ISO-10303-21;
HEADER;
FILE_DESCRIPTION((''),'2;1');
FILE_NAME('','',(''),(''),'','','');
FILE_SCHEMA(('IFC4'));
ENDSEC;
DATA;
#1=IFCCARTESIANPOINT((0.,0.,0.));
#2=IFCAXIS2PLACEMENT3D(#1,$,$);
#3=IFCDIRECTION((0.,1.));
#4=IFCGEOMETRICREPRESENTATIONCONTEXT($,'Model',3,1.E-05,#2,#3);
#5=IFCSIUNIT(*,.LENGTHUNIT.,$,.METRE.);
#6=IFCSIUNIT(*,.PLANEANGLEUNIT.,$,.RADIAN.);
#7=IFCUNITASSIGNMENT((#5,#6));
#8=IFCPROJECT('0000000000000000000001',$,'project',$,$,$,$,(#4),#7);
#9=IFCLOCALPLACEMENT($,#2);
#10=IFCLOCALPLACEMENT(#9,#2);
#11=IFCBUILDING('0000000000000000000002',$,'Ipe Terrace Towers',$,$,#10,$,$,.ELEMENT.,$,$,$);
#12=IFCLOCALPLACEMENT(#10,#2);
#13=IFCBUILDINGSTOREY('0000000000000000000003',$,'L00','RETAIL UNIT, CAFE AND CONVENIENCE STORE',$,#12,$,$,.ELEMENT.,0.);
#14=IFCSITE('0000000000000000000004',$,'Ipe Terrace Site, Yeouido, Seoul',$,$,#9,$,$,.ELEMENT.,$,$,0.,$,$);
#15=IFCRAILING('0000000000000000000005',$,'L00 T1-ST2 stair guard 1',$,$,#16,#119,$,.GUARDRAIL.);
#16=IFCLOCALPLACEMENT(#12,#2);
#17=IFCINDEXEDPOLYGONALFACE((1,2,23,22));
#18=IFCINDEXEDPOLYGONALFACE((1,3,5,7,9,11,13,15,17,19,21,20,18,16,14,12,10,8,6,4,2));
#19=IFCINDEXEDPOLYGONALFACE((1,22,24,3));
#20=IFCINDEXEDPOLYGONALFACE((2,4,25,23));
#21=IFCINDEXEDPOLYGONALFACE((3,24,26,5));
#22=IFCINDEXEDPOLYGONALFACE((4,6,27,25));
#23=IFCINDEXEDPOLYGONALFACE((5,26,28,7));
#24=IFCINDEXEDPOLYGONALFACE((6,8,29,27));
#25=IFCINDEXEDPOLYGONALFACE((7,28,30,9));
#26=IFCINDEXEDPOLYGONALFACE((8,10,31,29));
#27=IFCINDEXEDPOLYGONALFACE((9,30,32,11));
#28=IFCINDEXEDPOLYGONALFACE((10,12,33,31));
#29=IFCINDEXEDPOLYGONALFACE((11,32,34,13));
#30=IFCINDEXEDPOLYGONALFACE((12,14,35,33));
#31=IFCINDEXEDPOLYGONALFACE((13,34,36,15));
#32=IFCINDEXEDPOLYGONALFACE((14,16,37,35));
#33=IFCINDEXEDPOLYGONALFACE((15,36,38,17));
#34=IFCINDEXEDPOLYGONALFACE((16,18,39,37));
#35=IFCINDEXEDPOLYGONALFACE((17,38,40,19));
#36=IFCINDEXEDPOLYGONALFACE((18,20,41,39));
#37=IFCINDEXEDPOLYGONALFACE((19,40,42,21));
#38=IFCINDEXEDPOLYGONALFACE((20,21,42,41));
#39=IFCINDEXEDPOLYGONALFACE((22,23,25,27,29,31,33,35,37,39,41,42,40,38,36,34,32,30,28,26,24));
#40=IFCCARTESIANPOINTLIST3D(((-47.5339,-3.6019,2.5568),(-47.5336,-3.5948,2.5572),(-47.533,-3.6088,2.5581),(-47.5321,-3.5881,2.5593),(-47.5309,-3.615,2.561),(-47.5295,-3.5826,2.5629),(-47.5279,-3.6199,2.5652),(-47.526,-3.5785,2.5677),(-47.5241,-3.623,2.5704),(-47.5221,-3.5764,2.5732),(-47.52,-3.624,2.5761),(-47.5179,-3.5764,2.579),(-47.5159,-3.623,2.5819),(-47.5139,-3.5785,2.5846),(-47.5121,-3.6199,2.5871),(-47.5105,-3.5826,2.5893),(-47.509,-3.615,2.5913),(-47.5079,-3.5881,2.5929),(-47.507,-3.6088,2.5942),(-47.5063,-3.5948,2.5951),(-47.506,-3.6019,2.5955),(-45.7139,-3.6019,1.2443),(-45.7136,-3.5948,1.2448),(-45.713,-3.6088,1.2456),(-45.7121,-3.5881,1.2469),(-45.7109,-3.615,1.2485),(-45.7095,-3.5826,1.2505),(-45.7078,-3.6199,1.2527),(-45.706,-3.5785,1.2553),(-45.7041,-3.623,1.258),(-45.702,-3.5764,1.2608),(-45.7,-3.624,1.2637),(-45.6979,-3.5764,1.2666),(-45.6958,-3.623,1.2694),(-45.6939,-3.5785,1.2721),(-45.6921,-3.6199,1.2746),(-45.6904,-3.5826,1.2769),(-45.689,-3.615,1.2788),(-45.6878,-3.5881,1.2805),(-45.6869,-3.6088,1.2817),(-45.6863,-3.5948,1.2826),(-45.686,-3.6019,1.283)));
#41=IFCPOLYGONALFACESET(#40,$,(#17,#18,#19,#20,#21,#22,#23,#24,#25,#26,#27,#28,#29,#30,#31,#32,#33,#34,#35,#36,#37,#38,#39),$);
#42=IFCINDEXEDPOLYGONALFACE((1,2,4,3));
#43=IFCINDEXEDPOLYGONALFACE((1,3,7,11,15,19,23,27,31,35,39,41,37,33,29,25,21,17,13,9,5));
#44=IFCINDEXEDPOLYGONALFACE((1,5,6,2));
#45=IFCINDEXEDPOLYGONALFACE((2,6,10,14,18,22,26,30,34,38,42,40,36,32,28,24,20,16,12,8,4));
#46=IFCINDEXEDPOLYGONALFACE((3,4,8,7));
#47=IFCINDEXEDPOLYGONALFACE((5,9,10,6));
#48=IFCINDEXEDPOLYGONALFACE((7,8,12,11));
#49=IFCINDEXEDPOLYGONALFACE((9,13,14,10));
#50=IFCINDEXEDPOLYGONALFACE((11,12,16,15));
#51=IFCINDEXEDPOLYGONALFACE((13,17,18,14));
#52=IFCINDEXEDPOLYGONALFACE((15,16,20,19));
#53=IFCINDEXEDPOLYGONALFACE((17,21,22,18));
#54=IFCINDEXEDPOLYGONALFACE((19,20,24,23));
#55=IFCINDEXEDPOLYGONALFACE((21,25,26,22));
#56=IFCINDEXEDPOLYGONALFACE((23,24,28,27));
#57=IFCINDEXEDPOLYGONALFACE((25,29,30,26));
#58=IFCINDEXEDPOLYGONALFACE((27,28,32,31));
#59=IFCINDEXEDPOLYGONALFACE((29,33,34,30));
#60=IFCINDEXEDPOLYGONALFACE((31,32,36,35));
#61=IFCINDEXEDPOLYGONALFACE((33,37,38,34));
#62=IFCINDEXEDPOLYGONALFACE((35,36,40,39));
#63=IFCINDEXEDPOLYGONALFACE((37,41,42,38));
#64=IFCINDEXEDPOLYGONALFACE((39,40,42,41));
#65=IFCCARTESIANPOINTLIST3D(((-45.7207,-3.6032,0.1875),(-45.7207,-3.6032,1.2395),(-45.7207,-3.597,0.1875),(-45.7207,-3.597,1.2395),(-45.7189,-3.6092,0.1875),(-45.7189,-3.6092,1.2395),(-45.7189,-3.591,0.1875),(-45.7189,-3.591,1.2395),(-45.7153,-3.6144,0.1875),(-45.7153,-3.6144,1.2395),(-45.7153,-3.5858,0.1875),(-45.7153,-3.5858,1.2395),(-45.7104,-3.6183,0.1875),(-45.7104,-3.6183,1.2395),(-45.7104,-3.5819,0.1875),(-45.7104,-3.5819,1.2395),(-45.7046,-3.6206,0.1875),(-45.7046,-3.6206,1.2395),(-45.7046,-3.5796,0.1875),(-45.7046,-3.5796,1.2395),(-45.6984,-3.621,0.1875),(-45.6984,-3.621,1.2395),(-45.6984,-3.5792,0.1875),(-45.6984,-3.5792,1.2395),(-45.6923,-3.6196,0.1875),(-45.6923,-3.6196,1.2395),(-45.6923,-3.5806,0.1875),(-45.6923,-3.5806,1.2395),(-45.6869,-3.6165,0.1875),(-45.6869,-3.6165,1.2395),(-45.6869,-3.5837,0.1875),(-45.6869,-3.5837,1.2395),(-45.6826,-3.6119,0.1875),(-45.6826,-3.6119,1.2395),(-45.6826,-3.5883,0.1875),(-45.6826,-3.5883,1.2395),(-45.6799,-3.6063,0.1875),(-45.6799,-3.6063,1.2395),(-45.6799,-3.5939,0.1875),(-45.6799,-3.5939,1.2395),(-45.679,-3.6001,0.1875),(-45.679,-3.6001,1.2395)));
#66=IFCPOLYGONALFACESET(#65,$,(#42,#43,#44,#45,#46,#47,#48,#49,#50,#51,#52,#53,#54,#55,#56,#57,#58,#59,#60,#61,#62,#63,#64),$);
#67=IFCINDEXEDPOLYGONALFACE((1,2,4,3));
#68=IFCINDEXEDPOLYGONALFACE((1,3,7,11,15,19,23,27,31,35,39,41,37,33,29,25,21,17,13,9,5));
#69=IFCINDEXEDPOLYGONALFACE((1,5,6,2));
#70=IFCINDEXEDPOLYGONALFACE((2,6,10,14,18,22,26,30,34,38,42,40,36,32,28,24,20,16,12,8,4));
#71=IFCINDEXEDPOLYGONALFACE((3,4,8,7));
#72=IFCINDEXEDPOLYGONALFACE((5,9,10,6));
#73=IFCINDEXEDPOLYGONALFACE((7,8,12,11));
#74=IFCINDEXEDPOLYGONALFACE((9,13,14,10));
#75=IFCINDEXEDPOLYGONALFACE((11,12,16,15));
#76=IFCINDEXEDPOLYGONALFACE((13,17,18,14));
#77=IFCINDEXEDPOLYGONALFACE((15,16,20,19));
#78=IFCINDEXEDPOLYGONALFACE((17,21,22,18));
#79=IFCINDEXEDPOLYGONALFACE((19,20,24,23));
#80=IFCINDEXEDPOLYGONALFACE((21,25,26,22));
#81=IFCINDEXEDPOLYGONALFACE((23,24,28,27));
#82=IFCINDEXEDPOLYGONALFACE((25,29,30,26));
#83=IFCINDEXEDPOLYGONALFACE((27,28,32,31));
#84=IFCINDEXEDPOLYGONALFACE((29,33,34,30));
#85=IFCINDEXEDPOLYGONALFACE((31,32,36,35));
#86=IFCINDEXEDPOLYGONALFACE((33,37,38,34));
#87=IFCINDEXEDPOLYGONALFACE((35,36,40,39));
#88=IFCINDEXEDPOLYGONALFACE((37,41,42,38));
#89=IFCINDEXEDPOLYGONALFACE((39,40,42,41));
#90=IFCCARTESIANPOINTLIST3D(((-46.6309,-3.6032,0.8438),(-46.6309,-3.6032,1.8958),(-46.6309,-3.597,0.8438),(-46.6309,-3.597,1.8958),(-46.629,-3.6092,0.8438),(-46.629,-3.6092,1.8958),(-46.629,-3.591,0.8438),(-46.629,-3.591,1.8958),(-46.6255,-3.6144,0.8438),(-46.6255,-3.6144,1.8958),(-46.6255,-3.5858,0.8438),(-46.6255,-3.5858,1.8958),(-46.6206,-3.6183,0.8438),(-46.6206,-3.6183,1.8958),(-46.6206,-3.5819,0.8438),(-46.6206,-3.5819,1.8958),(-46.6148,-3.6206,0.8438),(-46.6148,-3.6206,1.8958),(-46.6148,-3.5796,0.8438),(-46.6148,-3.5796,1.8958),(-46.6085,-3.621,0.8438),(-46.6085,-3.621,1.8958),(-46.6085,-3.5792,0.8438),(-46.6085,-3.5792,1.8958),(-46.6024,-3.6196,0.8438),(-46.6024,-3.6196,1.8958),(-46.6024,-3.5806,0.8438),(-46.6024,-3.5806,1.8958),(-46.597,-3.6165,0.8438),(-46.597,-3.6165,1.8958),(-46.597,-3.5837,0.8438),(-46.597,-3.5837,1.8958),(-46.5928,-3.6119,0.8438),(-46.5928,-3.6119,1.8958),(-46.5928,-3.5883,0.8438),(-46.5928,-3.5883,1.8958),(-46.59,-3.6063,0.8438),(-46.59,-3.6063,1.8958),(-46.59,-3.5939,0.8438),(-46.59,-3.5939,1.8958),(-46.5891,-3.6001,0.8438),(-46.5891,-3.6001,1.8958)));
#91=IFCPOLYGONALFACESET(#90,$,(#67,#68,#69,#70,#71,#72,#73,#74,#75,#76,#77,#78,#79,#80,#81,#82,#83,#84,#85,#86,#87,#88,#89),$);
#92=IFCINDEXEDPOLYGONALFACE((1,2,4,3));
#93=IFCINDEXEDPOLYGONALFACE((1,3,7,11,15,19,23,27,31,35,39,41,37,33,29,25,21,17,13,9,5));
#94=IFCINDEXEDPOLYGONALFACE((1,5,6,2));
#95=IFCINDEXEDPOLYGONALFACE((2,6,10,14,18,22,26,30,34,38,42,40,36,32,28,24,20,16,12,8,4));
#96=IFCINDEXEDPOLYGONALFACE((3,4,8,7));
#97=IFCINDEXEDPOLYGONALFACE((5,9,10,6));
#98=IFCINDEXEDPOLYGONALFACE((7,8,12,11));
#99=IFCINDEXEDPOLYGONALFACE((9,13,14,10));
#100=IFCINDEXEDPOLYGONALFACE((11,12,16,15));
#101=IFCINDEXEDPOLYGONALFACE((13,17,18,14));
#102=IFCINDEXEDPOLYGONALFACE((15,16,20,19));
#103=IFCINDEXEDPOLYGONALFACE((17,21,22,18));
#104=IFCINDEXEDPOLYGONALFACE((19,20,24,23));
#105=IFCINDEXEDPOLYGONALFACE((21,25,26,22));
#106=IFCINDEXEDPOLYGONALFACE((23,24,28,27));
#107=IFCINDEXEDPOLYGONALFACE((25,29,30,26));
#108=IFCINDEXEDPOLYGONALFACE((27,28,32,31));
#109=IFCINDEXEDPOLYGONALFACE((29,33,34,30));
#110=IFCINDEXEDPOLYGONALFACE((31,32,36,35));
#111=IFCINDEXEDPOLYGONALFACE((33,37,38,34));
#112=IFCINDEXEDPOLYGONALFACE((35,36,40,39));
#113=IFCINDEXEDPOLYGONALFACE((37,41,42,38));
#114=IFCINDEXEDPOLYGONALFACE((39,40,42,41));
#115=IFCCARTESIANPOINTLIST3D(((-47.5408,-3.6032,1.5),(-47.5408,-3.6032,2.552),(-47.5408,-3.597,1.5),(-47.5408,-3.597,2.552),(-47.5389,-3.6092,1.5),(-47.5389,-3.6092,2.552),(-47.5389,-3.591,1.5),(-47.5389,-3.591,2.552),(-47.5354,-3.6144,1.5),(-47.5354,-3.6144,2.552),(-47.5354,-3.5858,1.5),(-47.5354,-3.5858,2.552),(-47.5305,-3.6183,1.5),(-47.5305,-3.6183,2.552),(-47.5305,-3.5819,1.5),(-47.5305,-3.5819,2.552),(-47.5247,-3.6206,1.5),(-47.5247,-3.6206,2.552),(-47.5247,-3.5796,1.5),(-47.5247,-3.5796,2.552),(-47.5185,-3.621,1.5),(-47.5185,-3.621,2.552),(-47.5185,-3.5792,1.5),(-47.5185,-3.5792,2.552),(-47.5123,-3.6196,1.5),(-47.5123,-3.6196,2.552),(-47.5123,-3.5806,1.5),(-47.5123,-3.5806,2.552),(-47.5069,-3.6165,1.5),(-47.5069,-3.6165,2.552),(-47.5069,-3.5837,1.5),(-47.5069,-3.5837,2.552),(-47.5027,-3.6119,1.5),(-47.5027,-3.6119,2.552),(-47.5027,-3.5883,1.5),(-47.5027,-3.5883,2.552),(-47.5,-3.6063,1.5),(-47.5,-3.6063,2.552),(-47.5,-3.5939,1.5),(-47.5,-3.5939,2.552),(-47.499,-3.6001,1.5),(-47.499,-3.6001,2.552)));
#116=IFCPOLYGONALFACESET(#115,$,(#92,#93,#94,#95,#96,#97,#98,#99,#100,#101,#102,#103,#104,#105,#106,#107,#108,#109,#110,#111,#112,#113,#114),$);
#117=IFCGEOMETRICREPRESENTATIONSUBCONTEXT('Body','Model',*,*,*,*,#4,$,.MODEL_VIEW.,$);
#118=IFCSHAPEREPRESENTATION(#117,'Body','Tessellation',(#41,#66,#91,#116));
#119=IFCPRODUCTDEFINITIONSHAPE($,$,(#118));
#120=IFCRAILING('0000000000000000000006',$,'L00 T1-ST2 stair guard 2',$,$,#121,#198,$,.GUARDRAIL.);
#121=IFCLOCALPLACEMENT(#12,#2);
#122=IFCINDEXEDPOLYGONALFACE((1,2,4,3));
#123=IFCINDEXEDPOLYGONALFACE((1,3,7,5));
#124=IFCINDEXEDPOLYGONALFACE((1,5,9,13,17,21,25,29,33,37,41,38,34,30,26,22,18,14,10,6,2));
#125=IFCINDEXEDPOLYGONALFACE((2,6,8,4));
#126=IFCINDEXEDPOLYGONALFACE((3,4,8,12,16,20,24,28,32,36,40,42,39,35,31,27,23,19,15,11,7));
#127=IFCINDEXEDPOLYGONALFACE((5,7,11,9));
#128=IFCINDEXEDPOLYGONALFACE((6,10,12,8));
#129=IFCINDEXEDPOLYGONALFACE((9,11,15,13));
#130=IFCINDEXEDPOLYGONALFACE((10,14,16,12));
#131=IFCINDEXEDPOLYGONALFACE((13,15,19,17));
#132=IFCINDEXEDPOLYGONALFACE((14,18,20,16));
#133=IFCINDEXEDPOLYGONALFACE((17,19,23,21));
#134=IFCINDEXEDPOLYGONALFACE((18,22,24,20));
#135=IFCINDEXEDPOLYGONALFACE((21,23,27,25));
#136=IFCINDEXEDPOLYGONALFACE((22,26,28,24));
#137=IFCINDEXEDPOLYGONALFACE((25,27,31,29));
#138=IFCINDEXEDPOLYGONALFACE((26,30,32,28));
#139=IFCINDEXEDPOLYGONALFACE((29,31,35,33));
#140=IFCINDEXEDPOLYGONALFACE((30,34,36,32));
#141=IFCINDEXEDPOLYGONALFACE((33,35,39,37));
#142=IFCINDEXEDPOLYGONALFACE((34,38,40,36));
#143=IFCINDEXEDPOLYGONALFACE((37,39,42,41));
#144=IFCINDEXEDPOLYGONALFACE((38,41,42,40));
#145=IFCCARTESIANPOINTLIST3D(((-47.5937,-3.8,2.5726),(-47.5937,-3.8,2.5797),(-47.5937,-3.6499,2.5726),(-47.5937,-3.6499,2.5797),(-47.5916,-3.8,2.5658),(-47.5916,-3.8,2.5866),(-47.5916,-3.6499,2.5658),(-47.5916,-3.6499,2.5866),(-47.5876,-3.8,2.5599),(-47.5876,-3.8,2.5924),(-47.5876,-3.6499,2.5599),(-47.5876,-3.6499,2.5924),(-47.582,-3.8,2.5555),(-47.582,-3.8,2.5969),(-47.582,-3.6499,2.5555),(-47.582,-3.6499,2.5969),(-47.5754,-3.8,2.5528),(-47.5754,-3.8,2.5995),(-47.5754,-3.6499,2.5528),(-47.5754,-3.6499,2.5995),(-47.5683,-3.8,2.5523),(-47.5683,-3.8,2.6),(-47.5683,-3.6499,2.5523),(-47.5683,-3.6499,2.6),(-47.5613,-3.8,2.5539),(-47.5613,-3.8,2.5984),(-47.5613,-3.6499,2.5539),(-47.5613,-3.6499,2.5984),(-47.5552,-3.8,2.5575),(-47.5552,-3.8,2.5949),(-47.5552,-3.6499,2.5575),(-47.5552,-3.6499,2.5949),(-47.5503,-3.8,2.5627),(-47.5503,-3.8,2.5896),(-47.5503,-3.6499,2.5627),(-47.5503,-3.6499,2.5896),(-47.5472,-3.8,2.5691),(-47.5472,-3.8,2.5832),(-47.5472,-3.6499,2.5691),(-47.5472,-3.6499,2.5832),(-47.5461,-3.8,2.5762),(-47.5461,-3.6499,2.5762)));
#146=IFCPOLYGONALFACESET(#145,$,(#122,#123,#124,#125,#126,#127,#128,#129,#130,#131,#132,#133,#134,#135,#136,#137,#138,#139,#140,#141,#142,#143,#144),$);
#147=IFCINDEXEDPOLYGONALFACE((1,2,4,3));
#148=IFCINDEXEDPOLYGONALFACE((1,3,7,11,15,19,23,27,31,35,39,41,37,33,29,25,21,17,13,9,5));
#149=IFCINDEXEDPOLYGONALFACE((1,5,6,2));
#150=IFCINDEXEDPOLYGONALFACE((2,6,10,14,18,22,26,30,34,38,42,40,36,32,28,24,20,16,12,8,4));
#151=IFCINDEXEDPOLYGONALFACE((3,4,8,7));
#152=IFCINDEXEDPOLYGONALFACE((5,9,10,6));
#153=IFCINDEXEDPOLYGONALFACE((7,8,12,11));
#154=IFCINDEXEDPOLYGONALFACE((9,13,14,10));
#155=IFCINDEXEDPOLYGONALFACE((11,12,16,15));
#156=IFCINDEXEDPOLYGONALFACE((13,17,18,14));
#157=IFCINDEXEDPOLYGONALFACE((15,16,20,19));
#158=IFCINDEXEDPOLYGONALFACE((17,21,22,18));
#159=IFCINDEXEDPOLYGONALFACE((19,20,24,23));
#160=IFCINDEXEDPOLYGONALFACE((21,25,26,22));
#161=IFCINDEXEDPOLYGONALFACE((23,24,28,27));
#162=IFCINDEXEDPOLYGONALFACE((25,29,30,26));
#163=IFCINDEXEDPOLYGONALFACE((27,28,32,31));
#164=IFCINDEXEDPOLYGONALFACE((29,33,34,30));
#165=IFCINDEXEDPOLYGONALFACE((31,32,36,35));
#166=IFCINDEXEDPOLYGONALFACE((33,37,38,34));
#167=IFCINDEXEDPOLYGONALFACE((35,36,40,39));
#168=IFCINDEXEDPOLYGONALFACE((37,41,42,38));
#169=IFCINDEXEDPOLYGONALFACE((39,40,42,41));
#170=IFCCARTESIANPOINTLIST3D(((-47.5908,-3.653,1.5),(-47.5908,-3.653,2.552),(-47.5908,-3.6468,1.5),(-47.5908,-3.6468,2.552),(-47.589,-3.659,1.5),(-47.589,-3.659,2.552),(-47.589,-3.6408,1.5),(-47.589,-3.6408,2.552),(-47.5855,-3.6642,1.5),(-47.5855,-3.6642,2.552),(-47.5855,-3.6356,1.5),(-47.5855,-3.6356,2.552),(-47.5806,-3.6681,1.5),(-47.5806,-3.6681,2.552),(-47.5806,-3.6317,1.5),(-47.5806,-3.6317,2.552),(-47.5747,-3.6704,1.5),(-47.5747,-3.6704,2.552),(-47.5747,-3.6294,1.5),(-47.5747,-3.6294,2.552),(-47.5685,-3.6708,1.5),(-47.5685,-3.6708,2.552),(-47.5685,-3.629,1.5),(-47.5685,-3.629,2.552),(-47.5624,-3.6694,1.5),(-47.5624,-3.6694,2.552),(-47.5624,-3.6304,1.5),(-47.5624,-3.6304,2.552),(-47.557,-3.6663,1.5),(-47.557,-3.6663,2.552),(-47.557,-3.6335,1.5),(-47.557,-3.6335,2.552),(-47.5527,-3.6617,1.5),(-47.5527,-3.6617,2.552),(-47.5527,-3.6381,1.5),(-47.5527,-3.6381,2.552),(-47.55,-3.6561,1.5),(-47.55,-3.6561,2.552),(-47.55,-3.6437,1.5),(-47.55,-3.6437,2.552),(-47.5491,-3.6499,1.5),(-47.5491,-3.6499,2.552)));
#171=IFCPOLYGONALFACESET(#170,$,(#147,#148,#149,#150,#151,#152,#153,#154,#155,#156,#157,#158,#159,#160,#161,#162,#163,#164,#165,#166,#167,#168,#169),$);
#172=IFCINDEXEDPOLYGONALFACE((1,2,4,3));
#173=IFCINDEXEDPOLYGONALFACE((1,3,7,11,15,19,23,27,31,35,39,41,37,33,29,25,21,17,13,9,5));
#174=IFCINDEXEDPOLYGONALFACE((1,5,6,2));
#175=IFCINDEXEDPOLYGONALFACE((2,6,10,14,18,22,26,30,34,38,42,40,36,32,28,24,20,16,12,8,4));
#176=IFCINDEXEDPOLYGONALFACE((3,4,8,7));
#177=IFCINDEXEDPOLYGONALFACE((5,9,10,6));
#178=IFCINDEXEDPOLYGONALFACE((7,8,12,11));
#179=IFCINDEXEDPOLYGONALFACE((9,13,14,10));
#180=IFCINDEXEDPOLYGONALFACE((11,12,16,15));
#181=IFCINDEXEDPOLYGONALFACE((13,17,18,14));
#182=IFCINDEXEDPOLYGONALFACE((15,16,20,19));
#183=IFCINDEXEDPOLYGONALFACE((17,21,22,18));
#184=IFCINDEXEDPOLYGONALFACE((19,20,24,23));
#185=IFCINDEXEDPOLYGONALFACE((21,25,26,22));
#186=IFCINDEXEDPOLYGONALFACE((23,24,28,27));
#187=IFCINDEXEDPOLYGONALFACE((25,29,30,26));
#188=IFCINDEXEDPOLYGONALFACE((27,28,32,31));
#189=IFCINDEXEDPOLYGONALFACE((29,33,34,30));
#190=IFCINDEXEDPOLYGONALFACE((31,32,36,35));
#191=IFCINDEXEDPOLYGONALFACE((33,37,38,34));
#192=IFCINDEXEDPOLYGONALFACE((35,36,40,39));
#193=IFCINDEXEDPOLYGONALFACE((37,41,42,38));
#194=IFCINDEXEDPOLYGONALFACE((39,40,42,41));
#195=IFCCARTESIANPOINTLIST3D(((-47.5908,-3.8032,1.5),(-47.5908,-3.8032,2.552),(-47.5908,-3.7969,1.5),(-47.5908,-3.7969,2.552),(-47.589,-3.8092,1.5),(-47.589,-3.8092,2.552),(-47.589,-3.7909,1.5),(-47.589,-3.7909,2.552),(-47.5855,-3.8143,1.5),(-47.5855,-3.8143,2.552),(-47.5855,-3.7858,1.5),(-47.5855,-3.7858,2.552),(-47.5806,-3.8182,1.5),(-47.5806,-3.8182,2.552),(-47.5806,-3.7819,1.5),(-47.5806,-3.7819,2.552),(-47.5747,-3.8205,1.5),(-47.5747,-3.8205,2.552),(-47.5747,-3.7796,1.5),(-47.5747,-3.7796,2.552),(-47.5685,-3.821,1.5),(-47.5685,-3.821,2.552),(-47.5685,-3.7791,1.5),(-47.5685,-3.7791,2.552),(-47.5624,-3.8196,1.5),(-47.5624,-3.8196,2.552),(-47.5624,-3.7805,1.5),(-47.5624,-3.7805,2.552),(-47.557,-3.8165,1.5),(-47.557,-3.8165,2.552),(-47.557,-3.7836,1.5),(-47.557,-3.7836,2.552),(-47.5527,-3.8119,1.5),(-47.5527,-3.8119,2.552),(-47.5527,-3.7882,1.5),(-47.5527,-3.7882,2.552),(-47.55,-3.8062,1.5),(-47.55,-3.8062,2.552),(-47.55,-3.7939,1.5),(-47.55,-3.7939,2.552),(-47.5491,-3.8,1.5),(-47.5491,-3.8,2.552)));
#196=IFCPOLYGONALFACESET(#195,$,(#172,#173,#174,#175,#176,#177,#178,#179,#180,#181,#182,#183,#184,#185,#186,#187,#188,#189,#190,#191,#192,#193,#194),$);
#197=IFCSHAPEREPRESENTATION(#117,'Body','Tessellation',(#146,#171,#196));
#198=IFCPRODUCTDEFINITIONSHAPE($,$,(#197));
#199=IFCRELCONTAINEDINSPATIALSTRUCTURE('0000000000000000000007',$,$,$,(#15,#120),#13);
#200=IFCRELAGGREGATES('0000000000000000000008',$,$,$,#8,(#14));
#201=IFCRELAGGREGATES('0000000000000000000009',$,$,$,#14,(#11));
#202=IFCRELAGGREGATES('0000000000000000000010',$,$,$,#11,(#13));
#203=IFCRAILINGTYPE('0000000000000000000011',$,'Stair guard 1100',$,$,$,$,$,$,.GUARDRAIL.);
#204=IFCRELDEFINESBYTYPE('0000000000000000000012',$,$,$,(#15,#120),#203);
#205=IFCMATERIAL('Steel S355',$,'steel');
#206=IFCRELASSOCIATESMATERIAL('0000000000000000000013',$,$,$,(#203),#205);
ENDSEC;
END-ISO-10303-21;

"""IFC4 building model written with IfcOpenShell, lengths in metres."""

from ifc_helpers import new_model, si_unit, direction, frame, origin, origin_2d, place, context, subcontext, project, spatial, circle, extrude, material, type_object, element, save


model = new_model("IFC4")

# Units and contexts
model_context = context("Model", 3, precision=1e-05, world=origin(), true_north=direction((0.0, 1.0)))
body_context = subcontext(model_context, "Body", "Model", "MODEL_VIEW")
ifc_project = project(units=[si_unit("LENGTHUNIT", "METRE"), si_unit("PLANEANGLEUNIT", "RADIAN")], contexts=[model_context])

# Site, building, storey
site_placement = place(None, origin())
site = spatial("IfcSite", under=ifc_project, at=site_placement, Name="Ipe Terrace Site, Yeouido, Seoul", CompositionType="ELEMENT", RefElevation=0.0)
building_placement = place(site_placement, origin())
building = spatial("IfcBuilding", under=site, at=building_placement, Name="Ipe Terrace Towers", CompositionType="ELEMENT")
storey_placement = place(building_placement, origin())
storey = spatial("IfcBuildingStorey", under=building, at=storey_placement, Name="L00", Description="RETAIL UNIT, CAFE AND CONVENIENCE STORE", CompositionType="ELEMENT", Elevation=0.0)

# Railings
ifc_material_1 = material(Name="Steel S355", Category="steel")
railing_type_1 = type_object("IfcRailingType", Name="Stair guard 1100", PredefinedType="GUARDRAIL", material=ifc_material_1)
railing_1_placement = place(storey_placement, frame((-45.7, -3.6001, 0.1875)))
element("IfcRailing", 1, at=railing_1_placement, inside=storey, type_object=railing_type_1, Name="L00 T1-ST2 stair guard 1", PredefinedType="GUARDRAIL", context=body_context, shape_type="SweptSolid", body=[
    extrude(circle(Radius=0.0239, at=origin_2d()), frame((0.0, 0.0, 1.0762), z_axis=(-0.811101, 0.0, 0.584906), x_axis=(0.0, -1.0, 0.0)), (0.0, 0.0, 1.0), 2.2439),
    extrude(circle(Radius=0.021, at=origin_2d()), origin(), (0.0, 0.0, 1.0), 1.052),
    extrude(circle(Radius=0.021, at=origin_2d()), frame((-0.9102, 0.0, 0.6562)), (0.0, 0.0, 1.0), 1.052),
    extrude(circle(Radius=0.021, at=origin_2d()), frame((-1.8201, 0.0, 1.3125)), (0.0, 0.0, 1.0), 1.052),
])
railing_2_placement = place(storey_placement, frame((-47.5701, -3.6499, 1.5)))
element("IfcRailing", 2, at=railing_2_placement, inside=storey, type_object=railing_type_1, Name="L00 T1-ST2 stair guard 2", PredefinedType="GUARDRAIL", context=body_context, shape_type="SweptSolid", body=[
    extrude(circle(Radius=0.0239, at=origin_2d()), frame((0.0, 0.0, 1.0762), z_axis=(0.0, -1.0, 0.0), x_axis=(1.0, 0.0, 0.0)), (0.0, 0.0, 1.0), 0.1501),
    extrude(circle(Radius=0.021, at=origin_2d()), origin(), (0.0, 0.0, 1.0), 1.052),
    extrude(circle(Radius=0.021, at=origin_2d()), frame((0.0, -0.1501, 0.0)), (0.0, 0.0, 1.0), 1.052),
])

save(model, "model.ifc")
